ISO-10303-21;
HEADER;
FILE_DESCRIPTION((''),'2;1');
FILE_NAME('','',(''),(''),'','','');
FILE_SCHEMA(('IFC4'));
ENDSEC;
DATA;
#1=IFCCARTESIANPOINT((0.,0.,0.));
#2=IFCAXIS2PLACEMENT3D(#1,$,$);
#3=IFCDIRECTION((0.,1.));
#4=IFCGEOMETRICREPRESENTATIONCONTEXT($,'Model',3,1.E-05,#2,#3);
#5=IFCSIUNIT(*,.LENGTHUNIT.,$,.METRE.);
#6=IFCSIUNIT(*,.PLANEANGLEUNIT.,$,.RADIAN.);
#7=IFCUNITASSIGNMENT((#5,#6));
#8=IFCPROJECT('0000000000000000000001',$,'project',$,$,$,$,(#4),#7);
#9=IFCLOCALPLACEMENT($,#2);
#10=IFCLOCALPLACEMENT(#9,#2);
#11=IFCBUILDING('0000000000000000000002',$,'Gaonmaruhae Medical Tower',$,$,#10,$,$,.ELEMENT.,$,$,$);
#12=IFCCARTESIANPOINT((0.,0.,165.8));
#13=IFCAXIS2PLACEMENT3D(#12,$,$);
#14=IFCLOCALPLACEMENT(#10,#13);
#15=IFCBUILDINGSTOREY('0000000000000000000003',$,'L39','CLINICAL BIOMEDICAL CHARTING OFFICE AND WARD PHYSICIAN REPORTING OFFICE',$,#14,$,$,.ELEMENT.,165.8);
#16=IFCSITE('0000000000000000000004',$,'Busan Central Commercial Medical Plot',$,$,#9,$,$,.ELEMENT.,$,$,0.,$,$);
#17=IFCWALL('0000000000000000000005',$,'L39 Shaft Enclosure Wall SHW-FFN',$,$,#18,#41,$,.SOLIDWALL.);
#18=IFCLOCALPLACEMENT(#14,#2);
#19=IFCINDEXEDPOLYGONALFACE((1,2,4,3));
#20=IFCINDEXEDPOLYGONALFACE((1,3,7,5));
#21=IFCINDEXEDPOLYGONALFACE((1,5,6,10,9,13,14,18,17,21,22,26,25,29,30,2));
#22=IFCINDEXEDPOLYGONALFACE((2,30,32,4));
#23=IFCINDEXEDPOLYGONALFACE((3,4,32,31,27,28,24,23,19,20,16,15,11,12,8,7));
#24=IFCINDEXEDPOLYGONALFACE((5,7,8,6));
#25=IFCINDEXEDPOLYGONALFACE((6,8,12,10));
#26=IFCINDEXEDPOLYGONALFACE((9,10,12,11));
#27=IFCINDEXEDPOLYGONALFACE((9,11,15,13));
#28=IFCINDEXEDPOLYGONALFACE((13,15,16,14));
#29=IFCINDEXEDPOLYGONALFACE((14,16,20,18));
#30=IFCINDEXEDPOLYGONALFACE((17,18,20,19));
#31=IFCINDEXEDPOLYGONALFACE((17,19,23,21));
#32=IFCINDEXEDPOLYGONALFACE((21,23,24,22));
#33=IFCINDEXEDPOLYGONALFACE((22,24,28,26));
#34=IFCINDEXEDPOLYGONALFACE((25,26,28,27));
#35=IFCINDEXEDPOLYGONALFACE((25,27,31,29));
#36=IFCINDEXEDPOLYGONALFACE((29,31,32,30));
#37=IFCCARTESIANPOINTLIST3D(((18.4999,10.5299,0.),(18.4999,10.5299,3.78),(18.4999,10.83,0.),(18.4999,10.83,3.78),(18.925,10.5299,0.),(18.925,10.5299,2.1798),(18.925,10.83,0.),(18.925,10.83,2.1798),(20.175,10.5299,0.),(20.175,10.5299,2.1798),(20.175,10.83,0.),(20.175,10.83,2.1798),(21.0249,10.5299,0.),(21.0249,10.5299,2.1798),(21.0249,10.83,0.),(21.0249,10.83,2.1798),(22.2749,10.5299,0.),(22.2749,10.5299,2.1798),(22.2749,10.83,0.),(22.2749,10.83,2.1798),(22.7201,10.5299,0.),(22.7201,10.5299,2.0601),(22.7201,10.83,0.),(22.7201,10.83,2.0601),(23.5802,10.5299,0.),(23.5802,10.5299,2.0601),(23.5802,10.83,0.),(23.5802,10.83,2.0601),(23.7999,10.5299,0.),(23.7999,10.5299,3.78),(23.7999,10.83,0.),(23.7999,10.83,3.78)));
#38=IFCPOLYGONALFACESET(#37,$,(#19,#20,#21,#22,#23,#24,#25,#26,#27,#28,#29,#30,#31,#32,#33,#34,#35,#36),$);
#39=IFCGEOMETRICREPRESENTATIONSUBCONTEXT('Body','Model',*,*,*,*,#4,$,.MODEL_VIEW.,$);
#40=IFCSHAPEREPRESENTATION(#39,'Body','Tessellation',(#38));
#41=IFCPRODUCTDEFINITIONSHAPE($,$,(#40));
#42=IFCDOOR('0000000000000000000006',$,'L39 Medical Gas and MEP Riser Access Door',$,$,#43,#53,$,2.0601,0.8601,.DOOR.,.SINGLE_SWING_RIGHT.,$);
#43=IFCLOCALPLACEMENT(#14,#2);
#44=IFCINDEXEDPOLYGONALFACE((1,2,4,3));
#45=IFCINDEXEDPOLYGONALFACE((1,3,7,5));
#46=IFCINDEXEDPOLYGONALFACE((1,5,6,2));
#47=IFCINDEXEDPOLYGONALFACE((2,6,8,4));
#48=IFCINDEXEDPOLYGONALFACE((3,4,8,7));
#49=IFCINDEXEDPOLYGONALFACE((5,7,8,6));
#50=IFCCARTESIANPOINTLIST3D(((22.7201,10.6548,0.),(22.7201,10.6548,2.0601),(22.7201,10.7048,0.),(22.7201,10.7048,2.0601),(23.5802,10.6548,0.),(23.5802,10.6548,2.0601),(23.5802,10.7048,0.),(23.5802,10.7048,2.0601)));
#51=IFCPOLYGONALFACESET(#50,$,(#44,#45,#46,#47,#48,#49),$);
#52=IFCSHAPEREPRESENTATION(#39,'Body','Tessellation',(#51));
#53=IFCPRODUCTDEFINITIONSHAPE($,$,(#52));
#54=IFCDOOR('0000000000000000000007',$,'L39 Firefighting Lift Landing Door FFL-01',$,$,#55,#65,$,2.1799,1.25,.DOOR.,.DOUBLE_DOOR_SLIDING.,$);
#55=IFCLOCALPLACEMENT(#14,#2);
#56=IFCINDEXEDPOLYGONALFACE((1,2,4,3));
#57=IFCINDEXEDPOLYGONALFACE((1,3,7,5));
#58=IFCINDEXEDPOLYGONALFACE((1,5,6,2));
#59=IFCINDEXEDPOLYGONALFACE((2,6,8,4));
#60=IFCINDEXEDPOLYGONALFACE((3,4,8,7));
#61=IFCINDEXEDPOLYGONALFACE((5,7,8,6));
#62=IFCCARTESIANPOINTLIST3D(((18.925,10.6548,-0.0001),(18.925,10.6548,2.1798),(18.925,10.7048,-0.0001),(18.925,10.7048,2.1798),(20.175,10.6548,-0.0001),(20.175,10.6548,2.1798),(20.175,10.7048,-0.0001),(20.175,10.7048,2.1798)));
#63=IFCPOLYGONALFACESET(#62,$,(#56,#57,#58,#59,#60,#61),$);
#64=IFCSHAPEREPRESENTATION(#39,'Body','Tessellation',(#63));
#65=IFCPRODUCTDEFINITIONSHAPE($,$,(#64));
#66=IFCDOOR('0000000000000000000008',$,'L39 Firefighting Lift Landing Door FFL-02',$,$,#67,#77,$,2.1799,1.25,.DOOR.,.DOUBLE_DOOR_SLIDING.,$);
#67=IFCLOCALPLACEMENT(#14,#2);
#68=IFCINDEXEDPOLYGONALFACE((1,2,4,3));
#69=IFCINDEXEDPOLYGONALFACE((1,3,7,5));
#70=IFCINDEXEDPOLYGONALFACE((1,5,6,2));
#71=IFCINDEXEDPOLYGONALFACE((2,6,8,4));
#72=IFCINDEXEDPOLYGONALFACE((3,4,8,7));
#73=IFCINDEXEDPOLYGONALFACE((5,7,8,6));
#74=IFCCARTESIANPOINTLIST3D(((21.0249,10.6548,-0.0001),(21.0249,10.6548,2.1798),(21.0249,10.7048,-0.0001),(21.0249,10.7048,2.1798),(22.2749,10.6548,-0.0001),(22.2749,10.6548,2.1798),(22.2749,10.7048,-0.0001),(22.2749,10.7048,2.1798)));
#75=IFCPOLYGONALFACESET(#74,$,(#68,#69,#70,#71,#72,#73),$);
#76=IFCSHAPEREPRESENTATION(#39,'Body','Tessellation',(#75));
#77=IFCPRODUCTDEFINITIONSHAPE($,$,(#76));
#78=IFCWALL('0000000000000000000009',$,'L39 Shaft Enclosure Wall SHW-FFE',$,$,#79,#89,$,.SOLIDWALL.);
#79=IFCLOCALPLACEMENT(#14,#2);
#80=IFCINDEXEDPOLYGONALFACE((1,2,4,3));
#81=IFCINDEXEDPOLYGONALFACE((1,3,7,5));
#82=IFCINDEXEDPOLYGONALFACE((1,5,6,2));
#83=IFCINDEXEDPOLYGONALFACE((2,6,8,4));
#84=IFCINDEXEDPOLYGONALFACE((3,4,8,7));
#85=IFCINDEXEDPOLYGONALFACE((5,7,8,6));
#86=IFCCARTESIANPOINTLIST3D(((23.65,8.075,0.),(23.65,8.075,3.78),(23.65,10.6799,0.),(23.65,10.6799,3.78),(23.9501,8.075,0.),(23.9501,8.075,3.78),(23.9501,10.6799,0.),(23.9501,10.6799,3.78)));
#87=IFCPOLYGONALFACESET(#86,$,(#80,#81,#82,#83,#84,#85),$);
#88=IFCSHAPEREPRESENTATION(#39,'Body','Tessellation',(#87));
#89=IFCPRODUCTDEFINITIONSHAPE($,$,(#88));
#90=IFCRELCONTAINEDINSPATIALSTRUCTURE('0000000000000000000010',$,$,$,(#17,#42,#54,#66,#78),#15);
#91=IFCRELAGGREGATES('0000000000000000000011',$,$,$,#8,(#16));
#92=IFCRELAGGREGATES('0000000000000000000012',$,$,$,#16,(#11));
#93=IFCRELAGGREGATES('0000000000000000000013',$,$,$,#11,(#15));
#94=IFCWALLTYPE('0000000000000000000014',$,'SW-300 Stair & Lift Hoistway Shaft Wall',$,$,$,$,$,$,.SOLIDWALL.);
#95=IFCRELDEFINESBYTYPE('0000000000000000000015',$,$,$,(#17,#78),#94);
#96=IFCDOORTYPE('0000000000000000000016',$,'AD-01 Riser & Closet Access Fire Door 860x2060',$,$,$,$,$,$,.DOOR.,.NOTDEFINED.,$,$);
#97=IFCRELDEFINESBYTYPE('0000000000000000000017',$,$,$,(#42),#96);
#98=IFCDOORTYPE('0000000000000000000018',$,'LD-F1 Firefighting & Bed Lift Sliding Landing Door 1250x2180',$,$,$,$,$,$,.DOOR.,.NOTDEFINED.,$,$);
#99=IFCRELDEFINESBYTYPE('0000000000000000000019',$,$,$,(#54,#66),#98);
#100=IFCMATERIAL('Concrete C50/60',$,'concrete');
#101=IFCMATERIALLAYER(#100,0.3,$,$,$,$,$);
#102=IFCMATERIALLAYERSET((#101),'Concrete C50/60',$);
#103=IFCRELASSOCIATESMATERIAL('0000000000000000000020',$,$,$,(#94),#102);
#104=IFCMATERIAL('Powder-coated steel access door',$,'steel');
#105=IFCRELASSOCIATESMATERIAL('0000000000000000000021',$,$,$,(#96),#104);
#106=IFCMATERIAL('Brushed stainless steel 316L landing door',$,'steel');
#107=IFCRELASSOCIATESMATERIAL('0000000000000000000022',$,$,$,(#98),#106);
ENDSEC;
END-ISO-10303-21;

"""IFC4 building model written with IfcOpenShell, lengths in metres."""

from ifc_helpers import new_model, si_unit, direction, frame, frame_2d, origin, place, context, subcontext, project, spatial, rectangle, extrude, material, layer, layer_set, type_object, element, fill, save


model = new_model("IFC4")

# Units and contexts
model_context = context("Model", 3, precision=1e-05, world=origin(), true_north=direction((0.0, 1.0)))
body_context = subcontext(model_context, "Body", "Model", "MODEL_VIEW")
ifc_project = project(units=[si_unit("LENGTHUNIT", "METRE"), si_unit("PLANEANGLEUNIT", "RADIAN")], contexts=[model_context])

# Site, building, storey
site_placement = place(None, origin())
site = spatial("IfcSite", under=ifc_project, at=site_placement, Name="Busan Central Commercial Medical Plot", CompositionType="ELEMENT", RefElevation=0.0)
building_placement = place(site_placement, origin())
building = spatial("IfcBuilding", under=site, at=building_placement, Name="Gaonmaruhae Medical Tower", CompositionType="ELEMENT")
storey_placement = place(building_placement, frame((0.0, 0.0, 165.8)))
storey = spatial("IfcBuildingStorey", under=building, at=storey_placement, Name="L39", Description="CLINICAL BIOMEDICAL CHARTING OFFICE AND WARD PHYSICIAN REPORTING OFFICE", CompositionType="ELEMENT", Elevation=165.8)

# Shared definitions
ifc_material_1 = material(Name="Concrete C50/60", Category="concrete")

# Wall, openings, doors
ifc_layer_1 = layer(ifc_material_1, 0.3)
ifc_layer_set_1 = layer_set([ifc_layer_1], Name="Concrete C50/60")
wall_type_1 = type_object("IfcWallType", Name="SW-300 Stair & Lift Hoistway Shaft Wall", PredefinedType="SOLIDWALL", material=ifc_layer_set_1)
wall_1_placement = place(storey_placement, frame((18.5, 10.6799, 0.0), z_axis=(0.0, 0.0, 1.0), x_axis=(1.0, 0.0, 0.0)))
wall_1 = element("IfcWall", 1, at=wall_1_placement, inside=storey, type_object=wall_type_1, Name="L39 Shaft Enclosure Wall SHW-FFN", PredefinedType="SOLIDWALL", context=body_context, shape_type="SweptSolid", body=[
    extrude(rectangle(XDim=5.3, YDim=0.3, at=frame_2d((2.6499, 0.0))), origin(), (0.0, 0.0, 1.0), 3.78),
])
opening_1_placement = place(wall_1_placement, frame((4.22, 0.0, 0.0)))
opening_1 = element("IfcOpeningElement", 2, at=opening_1_placement, cuts=wall_1, PredefinedType="OPENING", context=body_context, shape_type="SweptSolid", body=[
    extrude(rectangle(XDim=0.8601, YDim=2.0601, at=frame_2d((0.4302, 1.03))), frame((0.0, 0.1602, 0.0), z_axis=(0.0, -1.0, 0.0), x_axis=(1.0, 0.0, 0.0)), (0.0, 0.0, 1.0), 0.3201),
])
opening_2_placement = place(wall_1_placement, frame((0.425, 0.0, 0.0)))
opening_2 = element("IfcOpeningElement", 3, at=opening_2_placement, cuts=wall_1, PredefinedType="OPENING", context=body_context, shape_type="SweptSolid", body=[
    extrude(rectangle(XDim=1.25, YDim=2.1799, at=frame_2d((0.625, 1.0898))), frame((0.0, 0.1602, 0.0), z_axis=(0.0, -1.0, 0.0), x_axis=(1.0, 0.0, 0.0)), (0.0, 0.0, 1.0), 0.3201),
])
opening_3_placement = place(wall_1_placement, frame((2.5249, 0.0, 0.0)))
opening_3 = element("IfcOpeningElement", 4, at=opening_3_placement, cuts=wall_1, PredefinedType="OPENING", context=body_context, shape_type="SweptSolid", body=[
    extrude(rectangle(XDim=1.25, YDim=2.1799, at=frame_2d((0.625, 1.0898))), frame((0.0, 0.1602, 0.0), z_axis=(0.0, -1.0, 0.0), x_axis=(1.0, 0.0, 0.0)), (0.0, 0.0, 1.0), 0.3201),
])
ifc_material_2 = material(Name="Powder-coated steel access door", Category="steel")
door_type_1 = type_object("IfcDoorType", Name="AD-01 Riser & Closet Access Fire Door 860x2060", OperationType="NOTDEFINED", PredefinedType="DOOR", material=ifc_material_2)
door_1_placement = place(opening_1_placement, origin())
door_1 = element("IfcDoor", 5, at=door_1_placement, inside=storey, type_object=door_type_1, Name="L39 Medical Gas and MEP Riser Access Door", OperationType="SINGLE_SWING_RIGHT", OverallHeight=2.0601, OverallWidth=0.8601, PredefinedType="DOOR", context=body_context, shape_type="SweptSolid", body=[
    extrude(rectangle(XDim=0.8601, YDim=2.0601, at=frame_2d((0.4302, 1.03))), frame((0.0, 0.0249, 0.0), z_axis=(0.0, -1.0, 0.0), x_axis=(1.0, 0.0, 0.0)), (0.0, 0.0, 1.0), 0.05),
])
fill(opening_1, door_1)
ifc_material_3 = material(Name="Brushed stainless steel 316L landing door", Category="steel")
door_type_2 = type_object("IfcDoorType", Name="LD-F1 Firefighting & Bed Lift Sliding Landing Door 1250x2180", OperationType="NOTDEFINED", PredefinedType="DOOR", material=ifc_material_3)
door_2_placement = place(opening_2_placement, origin())
door_2 = element("IfcDoor", 6, at=door_2_placement, inside=storey, type_object=door_type_2, Name="L39 Firefighting Lift Landing Door FFL-01", OperationType="DOUBLE_DOOR_SLIDING", OverallHeight=2.1799, OverallWidth=1.25, PredefinedType="DOOR", context=body_context, shape_type="SweptSolid", body=[
    extrude(rectangle(XDim=1.25, YDim=2.1799, at=frame_2d((0.625, 1.0898))), frame((0.0, 0.0249, 0.0), z_axis=(0.0, -1.0, 0.0), x_axis=(1.0, 0.0, 0.0)), (0.0, 0.0, 1.0), 0.05),
])
fill(opening_2, door_2)
door_3_placement = place(opening_3_placement, origin())
door_3 = element("IfcDoor", 7, at=door_3_placement, inside=storey, type_object=door_type_2, Name="L39 Firefighting Lift Landing Door FFL-02", OperationType="DOUBLE_DOOR_SLIDING", OverallHeight=2.1799, OverallWidth=1.25, PredefinedType="DOOR", context=body_context, shape_type="SweptSolid", body=[
    extrude(rectangle(XDim=1.25, YDim=2.1799, at=frame_2d((0.625, 1.0898))), frame((0.0, 0.0249, 0.0), z_axis=(0.0, -1.0, 0.0), x_axis=(1.0, 0.0, 0.0)), (0.0, 0.0, 1.0), 0.05),
])
fill(opening_3, door_3)

# Wall
wall_2_placement = place(storey_placement, frame((23.8, 8.075, 0.0), z_axis=(0.0, 0.0, 1.0), x_axis=(0.0, 1.0, 0.0)))
element("IfcWall", 8, at=wall_2_placement, inside=storey, type_object=wall_type_1, Name="L39 Shaft Enclosure Wall SHW-FFE", PredefinedType="SOLIDWALL", context=body_context, shape_type="SweptSolid", body=[
    extrude(rectangle(XDim=2.605, YDim=0.3, at=frame_2d((1.3025, 0.0))), origin(), (0.0, 0.0, 1.0), 3.78),
])

save(model, "model.ifc")
